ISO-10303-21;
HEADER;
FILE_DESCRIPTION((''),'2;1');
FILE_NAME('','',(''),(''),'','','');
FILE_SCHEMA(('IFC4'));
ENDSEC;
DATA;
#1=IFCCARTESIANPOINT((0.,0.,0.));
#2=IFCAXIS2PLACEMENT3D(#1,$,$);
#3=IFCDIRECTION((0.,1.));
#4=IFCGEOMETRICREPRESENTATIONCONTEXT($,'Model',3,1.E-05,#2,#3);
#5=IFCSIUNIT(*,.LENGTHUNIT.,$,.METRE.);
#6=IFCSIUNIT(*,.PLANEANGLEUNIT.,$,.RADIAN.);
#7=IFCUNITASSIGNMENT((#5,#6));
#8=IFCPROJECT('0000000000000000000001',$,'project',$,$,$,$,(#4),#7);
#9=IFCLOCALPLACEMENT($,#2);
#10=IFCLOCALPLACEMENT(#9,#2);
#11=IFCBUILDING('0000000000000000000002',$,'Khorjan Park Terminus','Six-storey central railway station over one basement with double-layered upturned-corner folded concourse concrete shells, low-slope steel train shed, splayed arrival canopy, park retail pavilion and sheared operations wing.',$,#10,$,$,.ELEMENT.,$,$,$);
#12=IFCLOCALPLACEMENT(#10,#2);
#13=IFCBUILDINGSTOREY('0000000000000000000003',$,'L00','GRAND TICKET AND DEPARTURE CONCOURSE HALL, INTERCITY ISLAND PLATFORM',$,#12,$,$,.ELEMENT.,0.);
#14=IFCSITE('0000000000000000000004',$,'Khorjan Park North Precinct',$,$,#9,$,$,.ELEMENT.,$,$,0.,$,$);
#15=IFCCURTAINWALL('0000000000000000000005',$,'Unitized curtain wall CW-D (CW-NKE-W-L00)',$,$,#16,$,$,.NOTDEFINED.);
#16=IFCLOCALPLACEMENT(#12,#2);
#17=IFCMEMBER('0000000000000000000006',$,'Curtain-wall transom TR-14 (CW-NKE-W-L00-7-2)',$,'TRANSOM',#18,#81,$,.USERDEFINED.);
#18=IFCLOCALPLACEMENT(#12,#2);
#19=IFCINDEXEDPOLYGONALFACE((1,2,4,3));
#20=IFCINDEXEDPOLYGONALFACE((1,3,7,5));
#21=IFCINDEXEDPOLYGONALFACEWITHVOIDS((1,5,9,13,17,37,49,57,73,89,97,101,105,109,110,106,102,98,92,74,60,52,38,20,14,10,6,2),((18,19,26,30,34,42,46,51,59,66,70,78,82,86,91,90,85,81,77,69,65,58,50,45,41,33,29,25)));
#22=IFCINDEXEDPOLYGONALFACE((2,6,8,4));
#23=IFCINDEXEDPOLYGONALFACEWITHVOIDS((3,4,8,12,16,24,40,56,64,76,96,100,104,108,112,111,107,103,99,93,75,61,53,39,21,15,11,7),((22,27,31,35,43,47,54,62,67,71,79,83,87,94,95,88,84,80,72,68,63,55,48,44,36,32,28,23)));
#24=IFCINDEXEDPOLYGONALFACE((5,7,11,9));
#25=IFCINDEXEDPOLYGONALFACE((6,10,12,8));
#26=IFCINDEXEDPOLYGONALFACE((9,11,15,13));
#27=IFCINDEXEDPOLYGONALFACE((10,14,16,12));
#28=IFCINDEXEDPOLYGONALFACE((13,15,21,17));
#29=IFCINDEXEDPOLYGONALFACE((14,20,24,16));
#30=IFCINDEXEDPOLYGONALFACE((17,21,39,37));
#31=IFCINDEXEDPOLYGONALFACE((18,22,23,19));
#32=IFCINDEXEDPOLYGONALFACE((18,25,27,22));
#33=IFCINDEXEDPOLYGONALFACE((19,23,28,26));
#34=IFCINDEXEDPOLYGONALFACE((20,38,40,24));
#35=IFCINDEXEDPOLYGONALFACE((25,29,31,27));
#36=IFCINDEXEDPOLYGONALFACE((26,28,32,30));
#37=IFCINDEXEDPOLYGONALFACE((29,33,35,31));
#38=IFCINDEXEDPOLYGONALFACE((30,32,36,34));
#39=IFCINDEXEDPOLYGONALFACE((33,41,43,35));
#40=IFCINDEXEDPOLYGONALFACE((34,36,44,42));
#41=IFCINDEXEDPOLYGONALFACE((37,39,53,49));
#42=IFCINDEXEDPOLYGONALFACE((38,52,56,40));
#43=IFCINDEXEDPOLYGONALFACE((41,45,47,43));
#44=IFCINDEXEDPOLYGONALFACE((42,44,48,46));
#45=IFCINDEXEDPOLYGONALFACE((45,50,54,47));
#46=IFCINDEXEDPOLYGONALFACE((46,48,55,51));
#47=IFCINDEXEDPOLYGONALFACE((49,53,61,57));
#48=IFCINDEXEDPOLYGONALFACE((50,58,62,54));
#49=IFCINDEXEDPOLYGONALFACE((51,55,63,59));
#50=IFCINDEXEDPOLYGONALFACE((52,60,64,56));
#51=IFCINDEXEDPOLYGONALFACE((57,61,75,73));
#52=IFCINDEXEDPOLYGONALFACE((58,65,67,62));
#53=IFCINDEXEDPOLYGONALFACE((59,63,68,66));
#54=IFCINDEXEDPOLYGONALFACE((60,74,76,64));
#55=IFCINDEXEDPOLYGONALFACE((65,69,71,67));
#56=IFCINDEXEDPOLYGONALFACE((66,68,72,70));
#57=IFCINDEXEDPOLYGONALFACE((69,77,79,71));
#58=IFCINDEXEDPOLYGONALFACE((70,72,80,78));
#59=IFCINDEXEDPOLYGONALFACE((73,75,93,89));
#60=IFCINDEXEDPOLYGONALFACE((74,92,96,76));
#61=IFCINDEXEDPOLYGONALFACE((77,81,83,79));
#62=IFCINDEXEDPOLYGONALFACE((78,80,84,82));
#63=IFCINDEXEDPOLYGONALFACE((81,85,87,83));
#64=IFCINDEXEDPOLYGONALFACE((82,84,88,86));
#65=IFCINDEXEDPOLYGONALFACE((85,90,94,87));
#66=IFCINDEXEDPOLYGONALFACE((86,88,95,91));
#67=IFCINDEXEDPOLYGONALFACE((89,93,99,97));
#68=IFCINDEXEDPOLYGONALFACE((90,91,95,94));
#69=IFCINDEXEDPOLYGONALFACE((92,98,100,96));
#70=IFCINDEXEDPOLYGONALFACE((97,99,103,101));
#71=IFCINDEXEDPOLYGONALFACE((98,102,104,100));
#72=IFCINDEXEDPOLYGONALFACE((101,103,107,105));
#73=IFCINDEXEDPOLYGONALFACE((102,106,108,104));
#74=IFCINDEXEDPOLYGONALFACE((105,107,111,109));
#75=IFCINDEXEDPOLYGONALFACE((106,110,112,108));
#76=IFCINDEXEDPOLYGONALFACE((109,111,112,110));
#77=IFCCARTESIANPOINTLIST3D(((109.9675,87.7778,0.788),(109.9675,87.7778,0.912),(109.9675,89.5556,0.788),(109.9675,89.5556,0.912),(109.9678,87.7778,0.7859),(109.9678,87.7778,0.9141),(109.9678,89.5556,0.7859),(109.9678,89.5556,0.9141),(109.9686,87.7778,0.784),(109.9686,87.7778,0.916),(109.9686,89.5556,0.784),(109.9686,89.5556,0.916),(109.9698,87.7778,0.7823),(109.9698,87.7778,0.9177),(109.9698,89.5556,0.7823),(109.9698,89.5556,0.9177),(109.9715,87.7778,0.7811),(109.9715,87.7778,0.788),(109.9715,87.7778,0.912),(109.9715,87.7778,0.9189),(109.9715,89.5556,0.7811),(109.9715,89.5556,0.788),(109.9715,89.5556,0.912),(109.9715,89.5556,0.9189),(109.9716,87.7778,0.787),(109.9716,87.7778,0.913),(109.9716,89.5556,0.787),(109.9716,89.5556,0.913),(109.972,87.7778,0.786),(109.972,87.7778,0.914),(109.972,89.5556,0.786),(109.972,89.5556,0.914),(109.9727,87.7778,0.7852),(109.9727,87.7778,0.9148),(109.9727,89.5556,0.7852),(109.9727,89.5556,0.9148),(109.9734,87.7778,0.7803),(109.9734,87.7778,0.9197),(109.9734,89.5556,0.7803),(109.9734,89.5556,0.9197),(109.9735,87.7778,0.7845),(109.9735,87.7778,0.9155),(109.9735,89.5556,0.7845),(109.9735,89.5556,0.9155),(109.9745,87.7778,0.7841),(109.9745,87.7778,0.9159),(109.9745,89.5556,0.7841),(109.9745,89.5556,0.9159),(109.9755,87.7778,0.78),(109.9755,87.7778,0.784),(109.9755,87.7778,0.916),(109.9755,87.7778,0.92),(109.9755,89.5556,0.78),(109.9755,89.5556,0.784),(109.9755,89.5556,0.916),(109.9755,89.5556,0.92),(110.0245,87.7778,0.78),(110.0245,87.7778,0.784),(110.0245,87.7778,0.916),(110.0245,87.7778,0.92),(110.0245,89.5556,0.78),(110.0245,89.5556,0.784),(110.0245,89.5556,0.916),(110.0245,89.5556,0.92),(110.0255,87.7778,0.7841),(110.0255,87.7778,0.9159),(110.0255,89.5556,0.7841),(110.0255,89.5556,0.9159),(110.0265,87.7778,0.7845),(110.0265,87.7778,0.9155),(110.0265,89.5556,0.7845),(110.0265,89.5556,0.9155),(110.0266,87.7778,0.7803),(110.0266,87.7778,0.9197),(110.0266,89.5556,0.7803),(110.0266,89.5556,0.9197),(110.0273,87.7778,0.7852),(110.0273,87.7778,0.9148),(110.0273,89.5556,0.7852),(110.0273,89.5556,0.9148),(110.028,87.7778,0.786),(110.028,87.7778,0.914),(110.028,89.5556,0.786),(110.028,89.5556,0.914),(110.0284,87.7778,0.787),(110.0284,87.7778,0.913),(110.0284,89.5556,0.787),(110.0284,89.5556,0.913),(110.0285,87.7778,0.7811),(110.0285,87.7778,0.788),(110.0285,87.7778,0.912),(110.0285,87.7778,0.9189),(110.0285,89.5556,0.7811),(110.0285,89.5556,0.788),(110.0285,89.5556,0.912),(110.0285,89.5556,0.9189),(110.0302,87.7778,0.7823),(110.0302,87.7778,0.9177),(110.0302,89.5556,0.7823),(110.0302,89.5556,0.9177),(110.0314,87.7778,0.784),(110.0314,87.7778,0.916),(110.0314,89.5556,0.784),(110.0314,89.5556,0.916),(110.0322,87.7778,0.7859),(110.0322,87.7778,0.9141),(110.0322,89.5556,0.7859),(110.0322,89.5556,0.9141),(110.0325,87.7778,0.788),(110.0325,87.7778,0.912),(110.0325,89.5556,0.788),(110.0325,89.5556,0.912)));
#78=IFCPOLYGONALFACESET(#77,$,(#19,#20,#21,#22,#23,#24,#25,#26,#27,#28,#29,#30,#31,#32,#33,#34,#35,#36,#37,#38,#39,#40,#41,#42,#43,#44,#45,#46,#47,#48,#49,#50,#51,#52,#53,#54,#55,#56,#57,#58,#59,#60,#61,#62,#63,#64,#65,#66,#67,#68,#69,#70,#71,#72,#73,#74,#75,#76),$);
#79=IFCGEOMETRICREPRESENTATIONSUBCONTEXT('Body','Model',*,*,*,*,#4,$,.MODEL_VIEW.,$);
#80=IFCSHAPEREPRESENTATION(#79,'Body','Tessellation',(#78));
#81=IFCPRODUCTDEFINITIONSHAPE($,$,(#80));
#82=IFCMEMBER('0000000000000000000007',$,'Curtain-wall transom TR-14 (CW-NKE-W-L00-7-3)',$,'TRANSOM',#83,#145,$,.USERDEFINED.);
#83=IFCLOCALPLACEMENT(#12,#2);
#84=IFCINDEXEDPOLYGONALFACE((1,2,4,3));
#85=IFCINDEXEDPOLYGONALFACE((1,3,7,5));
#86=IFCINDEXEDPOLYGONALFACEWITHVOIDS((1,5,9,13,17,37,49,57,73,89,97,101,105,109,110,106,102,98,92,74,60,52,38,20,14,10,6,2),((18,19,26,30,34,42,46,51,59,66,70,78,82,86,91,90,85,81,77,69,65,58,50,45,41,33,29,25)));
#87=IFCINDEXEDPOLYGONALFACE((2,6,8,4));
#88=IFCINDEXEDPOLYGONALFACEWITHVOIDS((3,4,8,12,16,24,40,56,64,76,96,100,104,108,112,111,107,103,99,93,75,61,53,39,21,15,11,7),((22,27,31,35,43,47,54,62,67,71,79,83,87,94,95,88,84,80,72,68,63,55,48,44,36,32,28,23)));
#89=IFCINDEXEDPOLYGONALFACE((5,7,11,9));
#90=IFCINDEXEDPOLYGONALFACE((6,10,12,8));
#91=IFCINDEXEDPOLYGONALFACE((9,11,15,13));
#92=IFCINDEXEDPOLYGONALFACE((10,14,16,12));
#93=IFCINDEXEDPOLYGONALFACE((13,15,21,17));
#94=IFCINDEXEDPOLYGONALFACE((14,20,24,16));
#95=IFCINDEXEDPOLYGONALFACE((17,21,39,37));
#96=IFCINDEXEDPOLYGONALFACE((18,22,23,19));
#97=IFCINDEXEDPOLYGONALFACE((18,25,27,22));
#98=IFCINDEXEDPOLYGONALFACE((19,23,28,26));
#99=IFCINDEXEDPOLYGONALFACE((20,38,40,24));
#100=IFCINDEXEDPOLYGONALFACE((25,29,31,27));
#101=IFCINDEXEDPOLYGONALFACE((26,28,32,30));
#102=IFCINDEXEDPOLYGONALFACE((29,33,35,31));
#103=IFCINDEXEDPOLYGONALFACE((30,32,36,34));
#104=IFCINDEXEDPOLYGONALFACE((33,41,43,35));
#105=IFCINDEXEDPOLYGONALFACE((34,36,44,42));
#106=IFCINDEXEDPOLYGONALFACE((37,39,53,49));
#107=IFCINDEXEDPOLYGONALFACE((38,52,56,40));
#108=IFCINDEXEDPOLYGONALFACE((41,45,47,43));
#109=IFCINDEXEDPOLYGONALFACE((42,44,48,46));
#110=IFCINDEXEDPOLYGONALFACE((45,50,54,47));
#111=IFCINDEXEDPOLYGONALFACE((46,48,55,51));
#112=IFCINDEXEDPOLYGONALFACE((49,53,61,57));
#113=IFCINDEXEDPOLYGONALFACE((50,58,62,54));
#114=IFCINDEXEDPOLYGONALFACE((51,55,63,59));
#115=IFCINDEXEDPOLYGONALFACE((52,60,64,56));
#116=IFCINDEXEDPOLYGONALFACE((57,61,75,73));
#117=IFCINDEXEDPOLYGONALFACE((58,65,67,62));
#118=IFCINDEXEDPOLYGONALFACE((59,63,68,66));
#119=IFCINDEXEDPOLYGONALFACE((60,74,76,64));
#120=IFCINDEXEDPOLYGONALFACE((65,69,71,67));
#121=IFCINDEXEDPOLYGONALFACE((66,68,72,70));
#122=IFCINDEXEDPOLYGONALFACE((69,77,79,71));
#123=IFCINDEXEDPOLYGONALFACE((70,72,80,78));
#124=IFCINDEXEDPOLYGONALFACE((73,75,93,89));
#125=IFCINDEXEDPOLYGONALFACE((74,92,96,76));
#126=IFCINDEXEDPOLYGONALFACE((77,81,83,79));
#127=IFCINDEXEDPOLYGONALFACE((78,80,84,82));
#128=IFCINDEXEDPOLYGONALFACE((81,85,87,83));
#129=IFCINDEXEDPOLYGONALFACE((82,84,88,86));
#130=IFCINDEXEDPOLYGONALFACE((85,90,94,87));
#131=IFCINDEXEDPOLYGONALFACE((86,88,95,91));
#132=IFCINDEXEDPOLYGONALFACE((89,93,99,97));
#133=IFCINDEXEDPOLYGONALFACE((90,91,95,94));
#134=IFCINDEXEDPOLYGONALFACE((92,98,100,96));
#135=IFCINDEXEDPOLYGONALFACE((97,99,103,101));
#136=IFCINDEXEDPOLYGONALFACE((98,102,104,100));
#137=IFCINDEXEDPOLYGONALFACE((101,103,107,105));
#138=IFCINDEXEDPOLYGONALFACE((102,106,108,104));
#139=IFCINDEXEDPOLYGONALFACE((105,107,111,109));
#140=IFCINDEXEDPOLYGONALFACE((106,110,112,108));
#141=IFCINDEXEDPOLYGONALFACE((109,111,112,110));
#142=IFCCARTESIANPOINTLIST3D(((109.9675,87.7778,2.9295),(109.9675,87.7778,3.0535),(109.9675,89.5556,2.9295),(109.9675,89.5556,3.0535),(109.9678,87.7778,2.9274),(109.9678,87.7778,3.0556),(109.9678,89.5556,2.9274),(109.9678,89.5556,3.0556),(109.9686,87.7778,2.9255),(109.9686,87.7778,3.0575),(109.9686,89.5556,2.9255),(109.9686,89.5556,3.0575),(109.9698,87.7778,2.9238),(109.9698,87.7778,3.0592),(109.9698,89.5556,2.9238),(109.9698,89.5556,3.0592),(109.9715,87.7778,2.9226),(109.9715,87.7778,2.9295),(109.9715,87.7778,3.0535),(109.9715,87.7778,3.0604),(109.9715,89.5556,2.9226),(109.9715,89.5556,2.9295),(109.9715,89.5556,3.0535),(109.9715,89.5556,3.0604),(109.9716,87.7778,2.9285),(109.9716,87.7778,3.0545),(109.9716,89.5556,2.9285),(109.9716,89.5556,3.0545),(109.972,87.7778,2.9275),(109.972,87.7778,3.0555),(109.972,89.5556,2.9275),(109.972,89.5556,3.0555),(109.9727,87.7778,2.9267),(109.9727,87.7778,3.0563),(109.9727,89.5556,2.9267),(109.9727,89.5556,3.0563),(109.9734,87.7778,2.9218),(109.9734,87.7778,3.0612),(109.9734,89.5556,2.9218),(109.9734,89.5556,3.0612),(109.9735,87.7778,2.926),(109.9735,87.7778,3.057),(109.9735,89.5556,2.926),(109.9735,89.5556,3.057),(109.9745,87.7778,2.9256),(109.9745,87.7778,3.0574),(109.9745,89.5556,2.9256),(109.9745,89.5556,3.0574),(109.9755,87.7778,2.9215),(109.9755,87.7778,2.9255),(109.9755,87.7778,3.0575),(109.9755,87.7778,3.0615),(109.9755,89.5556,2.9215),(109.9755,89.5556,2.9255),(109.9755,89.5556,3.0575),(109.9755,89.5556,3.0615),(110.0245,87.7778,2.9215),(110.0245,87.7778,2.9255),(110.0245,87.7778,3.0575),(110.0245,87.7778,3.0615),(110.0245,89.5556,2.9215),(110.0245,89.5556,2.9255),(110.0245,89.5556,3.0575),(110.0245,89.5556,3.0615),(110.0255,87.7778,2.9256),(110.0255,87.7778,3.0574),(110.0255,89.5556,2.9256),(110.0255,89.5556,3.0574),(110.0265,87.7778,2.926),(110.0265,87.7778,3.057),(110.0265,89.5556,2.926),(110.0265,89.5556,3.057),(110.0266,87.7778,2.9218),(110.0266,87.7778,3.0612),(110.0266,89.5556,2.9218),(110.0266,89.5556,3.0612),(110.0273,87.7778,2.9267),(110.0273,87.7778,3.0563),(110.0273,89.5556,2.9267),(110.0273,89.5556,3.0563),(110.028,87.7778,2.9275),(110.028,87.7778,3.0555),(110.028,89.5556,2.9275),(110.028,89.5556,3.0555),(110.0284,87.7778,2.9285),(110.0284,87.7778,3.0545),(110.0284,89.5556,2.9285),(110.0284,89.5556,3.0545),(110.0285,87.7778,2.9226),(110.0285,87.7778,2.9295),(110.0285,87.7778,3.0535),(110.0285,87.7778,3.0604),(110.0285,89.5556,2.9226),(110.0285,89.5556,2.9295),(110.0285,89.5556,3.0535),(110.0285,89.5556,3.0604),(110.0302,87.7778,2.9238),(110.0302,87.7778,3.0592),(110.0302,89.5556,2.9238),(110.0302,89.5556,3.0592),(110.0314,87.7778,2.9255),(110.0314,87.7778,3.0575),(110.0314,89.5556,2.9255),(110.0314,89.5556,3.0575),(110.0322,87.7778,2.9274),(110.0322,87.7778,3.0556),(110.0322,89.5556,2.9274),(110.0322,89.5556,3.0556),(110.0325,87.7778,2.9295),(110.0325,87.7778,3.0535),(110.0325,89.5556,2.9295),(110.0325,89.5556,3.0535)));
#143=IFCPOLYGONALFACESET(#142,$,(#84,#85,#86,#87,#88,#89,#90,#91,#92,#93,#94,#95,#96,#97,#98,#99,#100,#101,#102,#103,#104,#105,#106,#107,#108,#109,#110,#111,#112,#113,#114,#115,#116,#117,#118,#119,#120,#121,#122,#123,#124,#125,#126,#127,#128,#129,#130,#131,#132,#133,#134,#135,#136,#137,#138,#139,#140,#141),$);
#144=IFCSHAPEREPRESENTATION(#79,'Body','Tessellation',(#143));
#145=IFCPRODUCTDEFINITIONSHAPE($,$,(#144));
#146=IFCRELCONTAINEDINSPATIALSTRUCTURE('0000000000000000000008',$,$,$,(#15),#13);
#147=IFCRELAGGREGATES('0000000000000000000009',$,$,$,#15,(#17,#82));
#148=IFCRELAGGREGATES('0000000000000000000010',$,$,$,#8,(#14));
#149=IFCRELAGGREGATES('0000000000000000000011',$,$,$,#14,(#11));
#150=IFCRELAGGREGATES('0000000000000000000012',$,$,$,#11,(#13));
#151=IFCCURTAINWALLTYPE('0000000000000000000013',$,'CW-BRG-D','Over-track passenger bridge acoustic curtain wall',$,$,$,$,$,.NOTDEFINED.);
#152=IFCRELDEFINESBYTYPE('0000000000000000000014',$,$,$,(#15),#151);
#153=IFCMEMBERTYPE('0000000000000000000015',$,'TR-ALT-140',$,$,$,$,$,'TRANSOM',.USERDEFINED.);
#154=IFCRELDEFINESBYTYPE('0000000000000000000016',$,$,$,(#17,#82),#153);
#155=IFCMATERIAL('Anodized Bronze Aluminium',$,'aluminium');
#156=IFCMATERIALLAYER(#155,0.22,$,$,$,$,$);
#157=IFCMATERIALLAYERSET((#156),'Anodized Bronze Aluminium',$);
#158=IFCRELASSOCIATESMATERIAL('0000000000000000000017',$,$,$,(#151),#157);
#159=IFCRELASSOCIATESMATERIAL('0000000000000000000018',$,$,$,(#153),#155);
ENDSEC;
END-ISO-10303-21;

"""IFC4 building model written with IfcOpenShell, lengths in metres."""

from ifc_helpers import new_model, si_unit, direction, frame, origin, origin_2d, place, context, subcontext, project, spatial, hollow_rectangle, extrude, material, layer, layer_set, material_profile, profile_set, type_object, element, aggregate, save


model = new_model("IFC4")

# Units and contexts
model_context = context("Model", 3, precision=1e-05, world=origin(), true_north=direction((0.0, 1.0)))
body_context = subcontext(model_context, "Body", "Model", "MODEL_VIEW")
ifc_project = project(units=[si_unit("LENGTHUNIT", "METRE"), si_unit("PLANEANGLEUNIT", "RADIAN")], contexts=[model_context])

# Site, building, storey
site_placement = place(None, origin())
site = spatial("IfcSite", under=ifc_project, at=site_placement, Name="Khorjan Park North Precinct", CompositionType="ELEMENT", RefElevation=0.0)
building_placement = place(site_placement, origin())
building = spatial("IfcBuilding", under=site, at=building_placement, Name="Khorjan Park Terminus", Description="Six-storey central railway station over one basement with double-layered upturned-corner folded concourse concrete shells, low-slope steel train shed, splayed arrival canopy, park retail pavilion and sheared operations wing.", CompositionType="ELEMENT")
storey_placement = place(building_placement, origin())
storey = spatial("IfcBuildingStorey", under=building, at=storey_placement, Name="L00", Description="GRAND TICKET AND DEPARTURE CONCOURSE HALL, INTERCITY ISLAND PLATFORM", CompositionType="ELEMENT", Elevation=0.0)

# Curtain wall, members
ifc_material_1 = material(Name="Anodized Bronze Aluminium", Category="aluminium")
ifc_layer_1 = layer(ifc_material_1, 0.22)
ifc_layer_set_1 = layer_set([ifc_layer_1], Name="Anodized Bronze Aluminium")
curtain_wall_type = type_object("IfcCurtainWallType", Name="CW-BRG-D", Description="Over-track passenger bridge acoustic curtain wall", PredefinedType="NOTDEFINED", material=ifc_layer_set_1)
curtain_wall_placement = place(storey_placement, origin())
curtain_wall = element("IfcCurtainWall", 1, at=curtain_wall_placement, inside=storey, type_object=curtain_wall_type, Name="Unitized curtain wall CW-D (CW-NKE-W-L00)", PredefinedType="NOTDEFINED")
ifc_material_profile_1 = material_profile(ifc_material_1, hollow_rectangle(XDim=0.065, YDim=0.14, WallThickness=0.004, InnerFilletRadius=0.004, OuterFilletRadius=0.008, at=origin_2d()), Name="ALT 65x140x4")
ifc_profile_set_1 = profile_set([ifc_material_profile_1], Name="Anodized Bronze Aluminium")
member_type_1 = type_object("IfcMemberType", Name="TR-ALT-140", ElementType="TRANSOM", PredefinedType="USERDEFINED", material=ifc_profile_set_1)
member_1_placement = place(storey_placement, frame((110.0, 89.5556, 0.85), z_axis=(0.0, -1.0, 0.0), x_axis=(1.0, 0.0, 0.0)))
member_1 = element("IfcMember", 2, at=member_1_placement, type_object=member_type_1, Name="Curtain-wall transom TR-14 (CW-NKE-W-L00-7-2)", ObjectType="TRANSOM", PredefinedType="USERDEFINED", context=body_context, shape_type="SweptSolid", body=[
    extrude(hollow_rectangle(XDim=0.065, YDim=0.14, WallThickness=0.004, InnerFilletRadius=0.004, OuterFilletRadius=0.008, at=origin_2d()), origin(), (0.0, 0.0, 1.0), 1.7778),
])
member_2_placement = place(storey_placement, frame((110.0, 89.5556, 2.9915), z_axis=(0.0, -1.0, 0.0), x_axis=(1.0, 0.0, 0.0)))
member_2 = element("IfcMember", 3, at=member_2_placement, type_object=member_type_1, Name="Curtain-wall transom TR-14 (CW-NKE-W-L00-7-3)", ObjectType="TRANSOM", PredefinedType="USERDEFINED", context=body_context, shape_type="SweptSolid", body=[
    extrude(hollow_rectangle(XDim=0.065, YDim=0.14, WallThickness=0.004, InnerFilletRadius=0.004, OuterFilletRadius=0.008, at=origin_2d()), origin(), (0.0, 0.0, 1.0), 1.7778),
])
aggregate(curtain_wall, [member_1, member_2])

save(model, "model.ifc")
